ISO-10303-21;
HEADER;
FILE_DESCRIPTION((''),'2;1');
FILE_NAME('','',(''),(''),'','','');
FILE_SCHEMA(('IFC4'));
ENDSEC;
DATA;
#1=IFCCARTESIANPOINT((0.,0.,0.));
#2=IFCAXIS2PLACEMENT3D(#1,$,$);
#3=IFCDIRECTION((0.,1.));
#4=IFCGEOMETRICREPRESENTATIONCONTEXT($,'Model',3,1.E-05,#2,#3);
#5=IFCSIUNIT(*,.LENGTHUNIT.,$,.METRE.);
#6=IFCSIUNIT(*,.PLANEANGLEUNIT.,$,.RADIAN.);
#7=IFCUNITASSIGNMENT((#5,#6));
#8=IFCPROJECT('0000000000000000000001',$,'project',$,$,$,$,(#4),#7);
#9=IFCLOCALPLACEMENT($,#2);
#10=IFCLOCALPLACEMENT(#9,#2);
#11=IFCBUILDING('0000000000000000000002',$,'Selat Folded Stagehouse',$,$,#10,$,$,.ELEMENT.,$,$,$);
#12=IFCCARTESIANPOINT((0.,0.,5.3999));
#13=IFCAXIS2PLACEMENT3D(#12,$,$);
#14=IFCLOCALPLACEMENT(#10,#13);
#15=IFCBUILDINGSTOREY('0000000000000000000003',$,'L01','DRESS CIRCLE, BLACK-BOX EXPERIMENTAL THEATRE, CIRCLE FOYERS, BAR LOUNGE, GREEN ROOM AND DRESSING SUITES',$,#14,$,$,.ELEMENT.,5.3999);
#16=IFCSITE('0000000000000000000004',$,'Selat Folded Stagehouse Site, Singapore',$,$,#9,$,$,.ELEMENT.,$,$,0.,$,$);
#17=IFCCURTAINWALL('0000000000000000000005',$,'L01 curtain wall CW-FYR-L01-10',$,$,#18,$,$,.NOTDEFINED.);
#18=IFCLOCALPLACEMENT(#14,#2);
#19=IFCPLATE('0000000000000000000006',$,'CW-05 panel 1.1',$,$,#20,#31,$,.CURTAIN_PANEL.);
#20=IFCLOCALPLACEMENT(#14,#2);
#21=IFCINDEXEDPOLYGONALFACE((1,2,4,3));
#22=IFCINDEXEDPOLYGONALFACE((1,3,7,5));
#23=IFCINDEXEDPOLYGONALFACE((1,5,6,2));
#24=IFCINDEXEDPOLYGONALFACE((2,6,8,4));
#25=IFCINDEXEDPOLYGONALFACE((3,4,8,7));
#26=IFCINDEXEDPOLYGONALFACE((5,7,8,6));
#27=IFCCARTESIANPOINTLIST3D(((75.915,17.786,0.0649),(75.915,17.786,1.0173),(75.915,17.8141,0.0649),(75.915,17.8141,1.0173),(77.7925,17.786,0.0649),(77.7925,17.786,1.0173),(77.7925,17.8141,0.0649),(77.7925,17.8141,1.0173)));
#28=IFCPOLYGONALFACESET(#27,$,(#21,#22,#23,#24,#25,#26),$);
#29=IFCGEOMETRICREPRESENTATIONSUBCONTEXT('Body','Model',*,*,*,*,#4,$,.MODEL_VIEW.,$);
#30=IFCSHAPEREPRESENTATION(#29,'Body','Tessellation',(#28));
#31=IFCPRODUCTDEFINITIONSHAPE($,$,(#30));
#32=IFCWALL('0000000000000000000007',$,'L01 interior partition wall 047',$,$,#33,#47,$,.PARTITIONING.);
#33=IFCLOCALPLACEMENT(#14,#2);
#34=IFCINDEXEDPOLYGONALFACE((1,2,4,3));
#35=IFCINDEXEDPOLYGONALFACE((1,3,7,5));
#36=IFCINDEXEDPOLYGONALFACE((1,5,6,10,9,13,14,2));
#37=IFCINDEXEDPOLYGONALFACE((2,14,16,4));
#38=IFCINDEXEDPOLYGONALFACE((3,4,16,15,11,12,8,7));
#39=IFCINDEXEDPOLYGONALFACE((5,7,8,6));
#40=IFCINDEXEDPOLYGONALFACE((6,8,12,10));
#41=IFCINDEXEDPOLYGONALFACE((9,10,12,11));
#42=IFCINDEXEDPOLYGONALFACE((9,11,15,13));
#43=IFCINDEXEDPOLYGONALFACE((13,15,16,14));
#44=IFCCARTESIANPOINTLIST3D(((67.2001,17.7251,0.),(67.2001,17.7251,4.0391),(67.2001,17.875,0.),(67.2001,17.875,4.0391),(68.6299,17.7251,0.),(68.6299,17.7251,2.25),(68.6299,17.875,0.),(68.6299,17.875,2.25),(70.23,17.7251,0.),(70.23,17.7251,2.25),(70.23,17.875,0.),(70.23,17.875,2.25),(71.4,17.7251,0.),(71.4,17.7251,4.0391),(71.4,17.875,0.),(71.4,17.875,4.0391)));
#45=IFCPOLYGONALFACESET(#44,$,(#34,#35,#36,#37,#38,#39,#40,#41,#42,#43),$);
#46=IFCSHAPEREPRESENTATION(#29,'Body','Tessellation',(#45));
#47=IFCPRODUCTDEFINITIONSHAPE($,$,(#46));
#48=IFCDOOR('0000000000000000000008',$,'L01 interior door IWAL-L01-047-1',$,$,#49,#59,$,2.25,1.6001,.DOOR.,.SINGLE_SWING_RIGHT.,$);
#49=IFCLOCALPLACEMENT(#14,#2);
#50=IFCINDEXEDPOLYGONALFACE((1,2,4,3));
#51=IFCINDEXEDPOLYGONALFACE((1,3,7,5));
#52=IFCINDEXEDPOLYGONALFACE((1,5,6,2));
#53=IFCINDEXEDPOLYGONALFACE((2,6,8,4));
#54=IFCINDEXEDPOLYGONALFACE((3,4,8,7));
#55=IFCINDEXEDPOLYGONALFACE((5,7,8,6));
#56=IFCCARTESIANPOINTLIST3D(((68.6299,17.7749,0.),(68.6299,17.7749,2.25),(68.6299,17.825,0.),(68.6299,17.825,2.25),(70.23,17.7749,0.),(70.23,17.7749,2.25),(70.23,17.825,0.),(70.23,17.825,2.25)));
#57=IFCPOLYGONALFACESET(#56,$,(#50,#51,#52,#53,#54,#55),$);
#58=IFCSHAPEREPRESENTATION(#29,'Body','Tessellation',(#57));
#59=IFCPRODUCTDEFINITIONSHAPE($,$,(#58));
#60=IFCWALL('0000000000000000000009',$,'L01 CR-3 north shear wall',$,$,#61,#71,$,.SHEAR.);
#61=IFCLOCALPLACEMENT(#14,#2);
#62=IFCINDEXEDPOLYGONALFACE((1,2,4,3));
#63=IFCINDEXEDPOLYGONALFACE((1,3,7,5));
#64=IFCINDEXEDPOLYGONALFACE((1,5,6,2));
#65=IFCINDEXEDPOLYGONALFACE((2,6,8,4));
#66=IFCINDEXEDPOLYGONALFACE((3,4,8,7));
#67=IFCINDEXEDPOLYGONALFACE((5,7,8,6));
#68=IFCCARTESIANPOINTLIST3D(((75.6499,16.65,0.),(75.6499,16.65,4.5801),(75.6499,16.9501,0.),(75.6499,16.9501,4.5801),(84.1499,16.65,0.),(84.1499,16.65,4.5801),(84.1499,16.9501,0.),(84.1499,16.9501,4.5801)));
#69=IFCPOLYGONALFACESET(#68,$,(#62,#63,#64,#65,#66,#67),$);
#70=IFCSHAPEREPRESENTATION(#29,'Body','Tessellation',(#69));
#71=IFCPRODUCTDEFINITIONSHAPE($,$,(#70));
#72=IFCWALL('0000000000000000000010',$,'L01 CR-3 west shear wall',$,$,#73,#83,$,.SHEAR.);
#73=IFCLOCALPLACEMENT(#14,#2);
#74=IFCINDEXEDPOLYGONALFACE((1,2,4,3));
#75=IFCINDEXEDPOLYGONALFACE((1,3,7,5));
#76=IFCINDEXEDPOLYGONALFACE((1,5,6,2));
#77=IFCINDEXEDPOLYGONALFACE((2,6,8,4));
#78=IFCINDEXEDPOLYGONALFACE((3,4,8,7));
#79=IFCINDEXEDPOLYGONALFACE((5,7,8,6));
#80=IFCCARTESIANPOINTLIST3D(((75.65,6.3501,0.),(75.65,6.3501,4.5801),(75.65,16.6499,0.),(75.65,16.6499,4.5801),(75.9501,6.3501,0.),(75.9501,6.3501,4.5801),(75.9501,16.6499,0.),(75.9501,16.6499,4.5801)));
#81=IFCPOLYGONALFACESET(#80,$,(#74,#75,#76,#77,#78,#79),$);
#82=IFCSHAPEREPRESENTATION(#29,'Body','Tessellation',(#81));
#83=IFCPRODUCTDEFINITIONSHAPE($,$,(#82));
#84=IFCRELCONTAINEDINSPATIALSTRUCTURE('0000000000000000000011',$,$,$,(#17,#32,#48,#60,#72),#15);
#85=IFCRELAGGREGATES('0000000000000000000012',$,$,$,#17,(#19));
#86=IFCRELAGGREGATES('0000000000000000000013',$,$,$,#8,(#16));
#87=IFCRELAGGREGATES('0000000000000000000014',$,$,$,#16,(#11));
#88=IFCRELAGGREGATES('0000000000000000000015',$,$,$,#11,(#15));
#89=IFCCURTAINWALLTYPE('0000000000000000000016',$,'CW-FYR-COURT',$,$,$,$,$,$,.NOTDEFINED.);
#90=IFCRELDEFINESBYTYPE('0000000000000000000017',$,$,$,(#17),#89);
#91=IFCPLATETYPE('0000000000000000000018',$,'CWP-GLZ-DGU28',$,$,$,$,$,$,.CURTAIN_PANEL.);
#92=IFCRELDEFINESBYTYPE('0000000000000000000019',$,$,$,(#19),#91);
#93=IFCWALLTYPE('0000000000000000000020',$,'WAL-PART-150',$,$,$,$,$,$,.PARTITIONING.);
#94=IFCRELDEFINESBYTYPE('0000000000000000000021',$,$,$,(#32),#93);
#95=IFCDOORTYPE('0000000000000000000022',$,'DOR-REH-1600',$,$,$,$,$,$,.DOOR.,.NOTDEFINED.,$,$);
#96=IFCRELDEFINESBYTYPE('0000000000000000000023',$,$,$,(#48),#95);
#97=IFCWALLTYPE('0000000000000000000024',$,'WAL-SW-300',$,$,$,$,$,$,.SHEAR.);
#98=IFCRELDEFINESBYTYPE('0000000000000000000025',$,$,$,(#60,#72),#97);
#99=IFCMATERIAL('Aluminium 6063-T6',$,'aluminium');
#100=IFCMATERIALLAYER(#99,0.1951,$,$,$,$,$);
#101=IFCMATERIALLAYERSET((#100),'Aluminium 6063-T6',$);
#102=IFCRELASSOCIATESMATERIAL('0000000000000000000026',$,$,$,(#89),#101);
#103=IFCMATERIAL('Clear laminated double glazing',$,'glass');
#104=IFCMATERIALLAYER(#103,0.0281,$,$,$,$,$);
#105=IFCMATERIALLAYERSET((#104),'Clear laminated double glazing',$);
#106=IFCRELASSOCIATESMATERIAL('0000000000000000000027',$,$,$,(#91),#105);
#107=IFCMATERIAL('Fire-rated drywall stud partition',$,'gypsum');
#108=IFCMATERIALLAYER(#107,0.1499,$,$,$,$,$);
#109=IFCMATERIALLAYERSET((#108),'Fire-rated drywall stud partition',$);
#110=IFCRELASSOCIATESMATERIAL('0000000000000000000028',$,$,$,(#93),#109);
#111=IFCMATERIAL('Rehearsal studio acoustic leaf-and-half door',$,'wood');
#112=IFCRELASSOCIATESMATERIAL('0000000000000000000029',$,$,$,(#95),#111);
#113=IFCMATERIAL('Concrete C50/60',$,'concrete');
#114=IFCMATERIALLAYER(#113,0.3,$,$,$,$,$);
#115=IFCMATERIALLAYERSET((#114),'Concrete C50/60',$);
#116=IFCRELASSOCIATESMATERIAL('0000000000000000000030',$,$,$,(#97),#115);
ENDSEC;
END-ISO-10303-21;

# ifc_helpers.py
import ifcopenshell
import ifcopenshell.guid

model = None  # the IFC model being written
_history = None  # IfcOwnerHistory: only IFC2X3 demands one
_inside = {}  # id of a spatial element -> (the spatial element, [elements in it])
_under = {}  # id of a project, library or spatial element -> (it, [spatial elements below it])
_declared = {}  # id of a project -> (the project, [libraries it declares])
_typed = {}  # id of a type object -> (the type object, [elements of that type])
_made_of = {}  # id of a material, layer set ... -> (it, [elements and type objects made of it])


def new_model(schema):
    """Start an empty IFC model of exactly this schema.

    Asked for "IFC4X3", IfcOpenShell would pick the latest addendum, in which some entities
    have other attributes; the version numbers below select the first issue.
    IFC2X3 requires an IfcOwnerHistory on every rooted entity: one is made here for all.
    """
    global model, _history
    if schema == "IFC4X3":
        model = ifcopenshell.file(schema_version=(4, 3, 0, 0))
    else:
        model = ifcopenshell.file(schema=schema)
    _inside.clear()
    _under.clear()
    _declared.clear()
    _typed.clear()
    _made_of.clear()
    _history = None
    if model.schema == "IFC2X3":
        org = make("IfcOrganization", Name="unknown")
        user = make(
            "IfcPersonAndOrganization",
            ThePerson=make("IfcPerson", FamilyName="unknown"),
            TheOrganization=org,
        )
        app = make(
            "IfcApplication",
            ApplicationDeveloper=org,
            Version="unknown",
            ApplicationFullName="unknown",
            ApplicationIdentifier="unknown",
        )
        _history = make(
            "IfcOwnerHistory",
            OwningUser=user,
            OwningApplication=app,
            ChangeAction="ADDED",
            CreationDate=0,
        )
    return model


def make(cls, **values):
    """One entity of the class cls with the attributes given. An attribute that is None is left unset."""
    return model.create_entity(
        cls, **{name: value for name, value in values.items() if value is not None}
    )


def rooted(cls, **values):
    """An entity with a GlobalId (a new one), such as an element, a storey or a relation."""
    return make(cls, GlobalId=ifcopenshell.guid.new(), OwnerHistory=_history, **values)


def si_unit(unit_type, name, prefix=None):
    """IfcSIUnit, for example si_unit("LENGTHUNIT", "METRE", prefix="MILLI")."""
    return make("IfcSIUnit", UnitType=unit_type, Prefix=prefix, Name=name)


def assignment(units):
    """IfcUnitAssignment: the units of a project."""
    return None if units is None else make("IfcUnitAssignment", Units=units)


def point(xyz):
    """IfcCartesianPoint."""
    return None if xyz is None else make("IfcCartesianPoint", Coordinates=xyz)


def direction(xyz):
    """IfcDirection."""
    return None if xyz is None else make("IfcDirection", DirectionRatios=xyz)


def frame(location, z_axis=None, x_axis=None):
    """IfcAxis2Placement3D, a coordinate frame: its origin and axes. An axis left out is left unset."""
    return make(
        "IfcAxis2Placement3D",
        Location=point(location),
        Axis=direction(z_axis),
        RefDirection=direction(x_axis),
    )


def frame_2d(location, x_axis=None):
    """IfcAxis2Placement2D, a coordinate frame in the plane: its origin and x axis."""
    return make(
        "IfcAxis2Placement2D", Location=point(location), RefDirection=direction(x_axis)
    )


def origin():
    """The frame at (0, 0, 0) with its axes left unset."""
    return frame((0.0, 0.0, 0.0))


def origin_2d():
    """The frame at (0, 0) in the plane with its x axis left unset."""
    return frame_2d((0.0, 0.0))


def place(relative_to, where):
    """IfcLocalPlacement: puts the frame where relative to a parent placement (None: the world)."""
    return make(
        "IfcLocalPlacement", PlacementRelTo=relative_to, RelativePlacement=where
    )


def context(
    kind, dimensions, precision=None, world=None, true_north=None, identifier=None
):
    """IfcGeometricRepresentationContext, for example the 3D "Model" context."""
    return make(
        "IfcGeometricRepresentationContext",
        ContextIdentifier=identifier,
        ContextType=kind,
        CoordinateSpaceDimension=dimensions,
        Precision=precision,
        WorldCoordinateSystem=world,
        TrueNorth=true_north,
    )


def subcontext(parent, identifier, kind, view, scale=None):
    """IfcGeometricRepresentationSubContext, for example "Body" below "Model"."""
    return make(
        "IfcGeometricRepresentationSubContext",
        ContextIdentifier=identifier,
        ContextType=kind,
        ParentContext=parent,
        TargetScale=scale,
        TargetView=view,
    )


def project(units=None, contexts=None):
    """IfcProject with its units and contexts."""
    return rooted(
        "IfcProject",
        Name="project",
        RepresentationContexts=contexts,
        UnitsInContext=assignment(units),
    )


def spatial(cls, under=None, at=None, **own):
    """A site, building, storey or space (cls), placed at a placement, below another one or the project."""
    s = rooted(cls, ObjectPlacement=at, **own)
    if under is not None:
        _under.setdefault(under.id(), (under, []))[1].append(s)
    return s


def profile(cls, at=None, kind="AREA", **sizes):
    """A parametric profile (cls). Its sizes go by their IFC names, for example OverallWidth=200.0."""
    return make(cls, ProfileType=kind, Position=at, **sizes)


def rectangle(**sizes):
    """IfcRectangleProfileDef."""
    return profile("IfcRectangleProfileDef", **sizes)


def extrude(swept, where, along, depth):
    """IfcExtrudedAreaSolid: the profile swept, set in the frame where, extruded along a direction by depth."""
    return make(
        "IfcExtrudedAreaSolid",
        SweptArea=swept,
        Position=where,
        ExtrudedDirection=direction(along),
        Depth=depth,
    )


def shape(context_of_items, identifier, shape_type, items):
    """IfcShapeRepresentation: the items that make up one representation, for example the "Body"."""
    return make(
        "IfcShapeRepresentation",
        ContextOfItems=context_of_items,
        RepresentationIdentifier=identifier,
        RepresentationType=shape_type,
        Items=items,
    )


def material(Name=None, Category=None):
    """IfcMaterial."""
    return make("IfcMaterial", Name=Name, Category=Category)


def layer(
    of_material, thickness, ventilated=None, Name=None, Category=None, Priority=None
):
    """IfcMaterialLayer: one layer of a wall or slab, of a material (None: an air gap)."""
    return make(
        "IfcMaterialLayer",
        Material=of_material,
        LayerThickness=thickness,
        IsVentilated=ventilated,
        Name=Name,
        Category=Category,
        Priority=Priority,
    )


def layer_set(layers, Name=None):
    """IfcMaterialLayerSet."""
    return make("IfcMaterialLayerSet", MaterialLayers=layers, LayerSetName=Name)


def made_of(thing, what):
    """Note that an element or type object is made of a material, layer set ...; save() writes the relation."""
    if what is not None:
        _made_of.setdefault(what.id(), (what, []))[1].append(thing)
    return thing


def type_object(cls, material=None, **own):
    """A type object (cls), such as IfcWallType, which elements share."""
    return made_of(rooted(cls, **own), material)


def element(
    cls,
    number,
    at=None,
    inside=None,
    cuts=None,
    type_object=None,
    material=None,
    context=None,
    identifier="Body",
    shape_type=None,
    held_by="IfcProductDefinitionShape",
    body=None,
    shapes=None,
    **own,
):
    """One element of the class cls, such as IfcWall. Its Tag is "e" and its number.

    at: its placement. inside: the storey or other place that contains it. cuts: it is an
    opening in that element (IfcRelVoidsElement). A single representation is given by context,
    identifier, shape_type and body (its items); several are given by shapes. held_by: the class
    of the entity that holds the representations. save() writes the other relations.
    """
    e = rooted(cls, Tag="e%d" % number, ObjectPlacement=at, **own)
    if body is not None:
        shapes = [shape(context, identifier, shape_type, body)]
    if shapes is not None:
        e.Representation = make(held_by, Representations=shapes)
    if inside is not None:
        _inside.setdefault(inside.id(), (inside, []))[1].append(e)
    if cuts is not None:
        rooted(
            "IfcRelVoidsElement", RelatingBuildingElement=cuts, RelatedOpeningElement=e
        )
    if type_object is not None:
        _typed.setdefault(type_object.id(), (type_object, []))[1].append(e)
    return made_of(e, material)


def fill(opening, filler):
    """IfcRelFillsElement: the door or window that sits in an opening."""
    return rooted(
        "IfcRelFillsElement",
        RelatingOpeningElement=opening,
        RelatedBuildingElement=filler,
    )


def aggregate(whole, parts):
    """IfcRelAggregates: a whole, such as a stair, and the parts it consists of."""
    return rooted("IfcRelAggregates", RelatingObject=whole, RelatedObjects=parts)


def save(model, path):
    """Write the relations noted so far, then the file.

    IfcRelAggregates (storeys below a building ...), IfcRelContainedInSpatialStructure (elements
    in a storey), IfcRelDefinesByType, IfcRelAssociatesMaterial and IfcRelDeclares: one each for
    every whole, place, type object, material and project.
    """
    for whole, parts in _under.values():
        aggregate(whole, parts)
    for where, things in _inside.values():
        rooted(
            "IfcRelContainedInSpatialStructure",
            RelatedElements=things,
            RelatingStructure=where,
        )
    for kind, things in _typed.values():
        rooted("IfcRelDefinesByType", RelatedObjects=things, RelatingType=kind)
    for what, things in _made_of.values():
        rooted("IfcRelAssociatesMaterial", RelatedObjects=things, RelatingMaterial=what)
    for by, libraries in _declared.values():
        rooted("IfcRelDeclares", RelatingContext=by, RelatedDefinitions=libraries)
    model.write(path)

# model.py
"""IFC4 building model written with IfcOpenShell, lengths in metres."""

from ifc_helpers import new_model, si_unit, direction, frame, frame_2d, origin, origin_2d, place, context, subcontext, project, spatial, rectangle, extrude, material, layer, layer_set, type_object, element, fill, aggregate, save


model = new_model("IFC4")

# Units and contexts
model_context = context("Model", 3, precision=1e-05, world=origin(), true_north=direction((0.0, 1.0)))
body_context = subcontext(model_context, "Body", "Model", "MODEL_VIEW")
ifc_project = project(units=[si_unit("LENGTHUNIT", "METRE"), si_unit("PLANEANGLEUNIT", "RADIAN")], contexts=[model_context])

# Site, building, storey
site_placement = place(None, origin())
site = spatial("IfcSite", under=ifc_project, at=site_placement, Name="Selat Folded Stagehouse Site, Singapore", CompositionType="ELEMENT", RefElevation=0.0)
building_placement = place(site_placement, origin())
building = spatial("IfcBuilding", under=site, at=building_placement, Name="Selat Folded Stagehouse", CompositionType="ELEMENT")
storey_placement = place(building_placement, frame((0.0, 0.0, 5.3999)))
storey = spatial("IfcBuildingStorey", under=building, at=storey_placement, Name="L01", Description="DRESS CIRCLE, BLACK-BOX EXPERIMENTAL THEATRE, CIRCLE FOYERS, BAR LOUNGE, GREEN ROOM AND DRESSING SUITES", CompositionType="ELEMENT", Elevation=5.3999)

# Curtain wall, plate
ifc_material_1 = material(Name="Aluminium 6063-T6", Category="aluminium")
ifc_layer_1 = layer(ifc_material_1, 0.1951)
ifc_layer_set_1 = layer_set([ifc_layer_1], Name="Aluminium 6063-T6")
curtain_wall_type = type_object("IfcCurtainWallType", Name="CW-FYR-COURT", PredefinedType="NOTDEFINED", material=ifc_layer_set_1)
curtain_wall_placement = place(storey_placement, origin())
curtain_wall = element("IfcCurtainWall", 1, at=curtain_wall_placement, inside=storey, type_object=curtain_wall_type, Name="L01 curtain wall CW-FYR-L01-10", PredefinedType="NOTDEFINED")
ifc_material_2 = material(Name="Clear laminated double glazing", Category="glass")
ifc_layer_2 = layer(ifc_material_2, 0.0281)
ifc_layer_set_2 = layer_set([ifc_layer_2], Name="Clear laminated double glazing")
plate_type = type_object("IfcPlateType", Name="CWP-GLZ-DGU28", PredefinedType="CURTAIN_PANEL", material=ifc_layer_set_2)
plate_placement = place(storey_placement, frame((76.8538, 17.8, 0.0649), z_axis=(0.0, 0.0, 1.0), x_axis=(1.0, 0.0, 0.0)))
plate = element("IfcPlate", 2, at=plate_placement, type_object=plate_type, Name="CW-05 panel 1.1", PredefinedType="CURTAIN_PANEL", context=body_context, shape_type="SweptSolid", body=[
    extrude(rectangle(XDim=1.8774, YDim=0.0281, at=origin_2d()), origin(), (0.0, 0.0, 1.0), 0.9524),
])
aggregate(curtain_wall, [plate])

# Wall, opening, door
ifc_material_3 = material(Name="Fire-rated drywall stud partition", Category="gypsum")
ifc_layer_3 = layer(ifc_material_3, 0.1499)
ifc_layer_set_3 = layer_set([ifc_layer_3], Name="Fire-rated drywall stud partition")
wall_type_1 = type_object("IfcWallType", Name="WAL-PART-150", PredefinedType="PARTITIONING", material=ifc_layer_set_3)
wall_1_placement = place(storey_placement, frame((67.2, 17.8, 0.0), z_axis=(0.0, 0.0, 1.0), x_axis=(1.0, 0.0, 0.0)))
wall_1 = element("IfcWall", 3, at=wall_1_placement, inside=storey, type_object=wall_type_1, Name="L01 interior partition wall 047", PredefinedType="PARTITIONING", context=body_context, shape_type="SweptSolid", body=[
    extrude(rectangle(XDim=4.2, YDim=0.1499, at=frame_2d((2.1001, 0.0))), origin(), (0.0, 0.0, 1.0), 4.0391),
])
opening_placement = place(wall_1_placement, frame((1.4299, 0.0, 0.0)))
opening = element("IfcOpeningElement", 4, at=opening_placement, cuts=wall_1, PredefinedType="OPENING", context=body_context, shape_type="SweptSolid", body=[
    extrude(rectangle(XDim=1.6001, YDim=2.25, at=frame_2d((0.8, 1.125))), frame((0.0, 0.085, 0.0), z_axis=(0.0, -1.0, 0.0), x_axis=(1.0, 0.0, 0.0)), (0.0, 0.0, 1.0), 0.1699),
])
ifc_material_4 = material(Name="Rehearsal studio acoustic leaf-and-half door", Category="wood")
door_type = type_object("IfcDoorType", Name="DOR-REH-1600", OperationType="NOTDEFINED", PredefinedType="DOOR", material=ifc_material_4)
door_placement = place(opening_placement, origin())
door = element("IfcDoor", 5, at=door_placement, inside=storey, type_object=door_type, Name="L01 interior door IWAL-L01-047-1", OperationType="SINGLE_SWING_RIGHT", OverallHeight=2.25, OverallWidth=1.6001, PredefinedType="DOOR", context=body_context, shape_type="SweptSolid", body=[
    extrude(rectangle(XDim=1.6001, YDim=2.25, at=frame_2d((0.8, 1.125))), frame((0.0, 0.0249, 0.0), z_axis=(0.0, -1.0, 0.0), x_axis=(1.0, 0.0, 0.0)), (0.0, 0.0, 1.0), 0.05),
])
fill(opening, door)

# Walls
ifc_material_5 = material(Name="Concrete C50/60", Category="concrete")
ifc_layer_4 = layer(ifc_material_5, 0.3)
ifc_layer_set_4 = layer_set([ifc_layer_4], Name="Concrete C50/60")
wall_type_2 = type_object("IfcWallType", Name="WAL-SW-300", PredefinedType="SHEAR", material=ifc_layer_set_4)
wall_2_placement = place(storey_placement, frame((75.6499, 16.8, 0.0), z_axis=(0.0, 0.0, 1.0), x_axis=(1.0, 0.0, 0.0)))
element("IfcWall", 6, at=wall_2_placement, inside=storey, type_object=wall_type_2, Name="L01 CR-3 north shear wall", PredefinedType="SHEAR", context=body_context, shape_type="SweptSolid", body=[
    extrude(rectangle(XDim=8.5, YDim=0.3, at=frame_2d((4.25, 0.0))), origin(), (0.0, 0.0, 1.0), 4.5801),
])
wall_3_placement = place(storey_placement, frame((75.8, 6.3501, 0.0), z_axis=(0.0, 0.0, 1.0), x_axis=(0.0, 1.0, 0.0)))
element("IfcWall", 7, at=wall_3_placement, inside=storey, type_object=wall_type_2, Name="L01 CR-3 west shear wall", PredefinedType="SHEAR", context=body_context, shape_type="SweptSolid", body=[
    extrude(rectangle(XDim=10.2998, YDim=0.3, at=frame_2d((5.1499, 0.0))), origin(), (0.0, 0.0, 1.0), 4.5801),
])

save(model, "model.ifc")
